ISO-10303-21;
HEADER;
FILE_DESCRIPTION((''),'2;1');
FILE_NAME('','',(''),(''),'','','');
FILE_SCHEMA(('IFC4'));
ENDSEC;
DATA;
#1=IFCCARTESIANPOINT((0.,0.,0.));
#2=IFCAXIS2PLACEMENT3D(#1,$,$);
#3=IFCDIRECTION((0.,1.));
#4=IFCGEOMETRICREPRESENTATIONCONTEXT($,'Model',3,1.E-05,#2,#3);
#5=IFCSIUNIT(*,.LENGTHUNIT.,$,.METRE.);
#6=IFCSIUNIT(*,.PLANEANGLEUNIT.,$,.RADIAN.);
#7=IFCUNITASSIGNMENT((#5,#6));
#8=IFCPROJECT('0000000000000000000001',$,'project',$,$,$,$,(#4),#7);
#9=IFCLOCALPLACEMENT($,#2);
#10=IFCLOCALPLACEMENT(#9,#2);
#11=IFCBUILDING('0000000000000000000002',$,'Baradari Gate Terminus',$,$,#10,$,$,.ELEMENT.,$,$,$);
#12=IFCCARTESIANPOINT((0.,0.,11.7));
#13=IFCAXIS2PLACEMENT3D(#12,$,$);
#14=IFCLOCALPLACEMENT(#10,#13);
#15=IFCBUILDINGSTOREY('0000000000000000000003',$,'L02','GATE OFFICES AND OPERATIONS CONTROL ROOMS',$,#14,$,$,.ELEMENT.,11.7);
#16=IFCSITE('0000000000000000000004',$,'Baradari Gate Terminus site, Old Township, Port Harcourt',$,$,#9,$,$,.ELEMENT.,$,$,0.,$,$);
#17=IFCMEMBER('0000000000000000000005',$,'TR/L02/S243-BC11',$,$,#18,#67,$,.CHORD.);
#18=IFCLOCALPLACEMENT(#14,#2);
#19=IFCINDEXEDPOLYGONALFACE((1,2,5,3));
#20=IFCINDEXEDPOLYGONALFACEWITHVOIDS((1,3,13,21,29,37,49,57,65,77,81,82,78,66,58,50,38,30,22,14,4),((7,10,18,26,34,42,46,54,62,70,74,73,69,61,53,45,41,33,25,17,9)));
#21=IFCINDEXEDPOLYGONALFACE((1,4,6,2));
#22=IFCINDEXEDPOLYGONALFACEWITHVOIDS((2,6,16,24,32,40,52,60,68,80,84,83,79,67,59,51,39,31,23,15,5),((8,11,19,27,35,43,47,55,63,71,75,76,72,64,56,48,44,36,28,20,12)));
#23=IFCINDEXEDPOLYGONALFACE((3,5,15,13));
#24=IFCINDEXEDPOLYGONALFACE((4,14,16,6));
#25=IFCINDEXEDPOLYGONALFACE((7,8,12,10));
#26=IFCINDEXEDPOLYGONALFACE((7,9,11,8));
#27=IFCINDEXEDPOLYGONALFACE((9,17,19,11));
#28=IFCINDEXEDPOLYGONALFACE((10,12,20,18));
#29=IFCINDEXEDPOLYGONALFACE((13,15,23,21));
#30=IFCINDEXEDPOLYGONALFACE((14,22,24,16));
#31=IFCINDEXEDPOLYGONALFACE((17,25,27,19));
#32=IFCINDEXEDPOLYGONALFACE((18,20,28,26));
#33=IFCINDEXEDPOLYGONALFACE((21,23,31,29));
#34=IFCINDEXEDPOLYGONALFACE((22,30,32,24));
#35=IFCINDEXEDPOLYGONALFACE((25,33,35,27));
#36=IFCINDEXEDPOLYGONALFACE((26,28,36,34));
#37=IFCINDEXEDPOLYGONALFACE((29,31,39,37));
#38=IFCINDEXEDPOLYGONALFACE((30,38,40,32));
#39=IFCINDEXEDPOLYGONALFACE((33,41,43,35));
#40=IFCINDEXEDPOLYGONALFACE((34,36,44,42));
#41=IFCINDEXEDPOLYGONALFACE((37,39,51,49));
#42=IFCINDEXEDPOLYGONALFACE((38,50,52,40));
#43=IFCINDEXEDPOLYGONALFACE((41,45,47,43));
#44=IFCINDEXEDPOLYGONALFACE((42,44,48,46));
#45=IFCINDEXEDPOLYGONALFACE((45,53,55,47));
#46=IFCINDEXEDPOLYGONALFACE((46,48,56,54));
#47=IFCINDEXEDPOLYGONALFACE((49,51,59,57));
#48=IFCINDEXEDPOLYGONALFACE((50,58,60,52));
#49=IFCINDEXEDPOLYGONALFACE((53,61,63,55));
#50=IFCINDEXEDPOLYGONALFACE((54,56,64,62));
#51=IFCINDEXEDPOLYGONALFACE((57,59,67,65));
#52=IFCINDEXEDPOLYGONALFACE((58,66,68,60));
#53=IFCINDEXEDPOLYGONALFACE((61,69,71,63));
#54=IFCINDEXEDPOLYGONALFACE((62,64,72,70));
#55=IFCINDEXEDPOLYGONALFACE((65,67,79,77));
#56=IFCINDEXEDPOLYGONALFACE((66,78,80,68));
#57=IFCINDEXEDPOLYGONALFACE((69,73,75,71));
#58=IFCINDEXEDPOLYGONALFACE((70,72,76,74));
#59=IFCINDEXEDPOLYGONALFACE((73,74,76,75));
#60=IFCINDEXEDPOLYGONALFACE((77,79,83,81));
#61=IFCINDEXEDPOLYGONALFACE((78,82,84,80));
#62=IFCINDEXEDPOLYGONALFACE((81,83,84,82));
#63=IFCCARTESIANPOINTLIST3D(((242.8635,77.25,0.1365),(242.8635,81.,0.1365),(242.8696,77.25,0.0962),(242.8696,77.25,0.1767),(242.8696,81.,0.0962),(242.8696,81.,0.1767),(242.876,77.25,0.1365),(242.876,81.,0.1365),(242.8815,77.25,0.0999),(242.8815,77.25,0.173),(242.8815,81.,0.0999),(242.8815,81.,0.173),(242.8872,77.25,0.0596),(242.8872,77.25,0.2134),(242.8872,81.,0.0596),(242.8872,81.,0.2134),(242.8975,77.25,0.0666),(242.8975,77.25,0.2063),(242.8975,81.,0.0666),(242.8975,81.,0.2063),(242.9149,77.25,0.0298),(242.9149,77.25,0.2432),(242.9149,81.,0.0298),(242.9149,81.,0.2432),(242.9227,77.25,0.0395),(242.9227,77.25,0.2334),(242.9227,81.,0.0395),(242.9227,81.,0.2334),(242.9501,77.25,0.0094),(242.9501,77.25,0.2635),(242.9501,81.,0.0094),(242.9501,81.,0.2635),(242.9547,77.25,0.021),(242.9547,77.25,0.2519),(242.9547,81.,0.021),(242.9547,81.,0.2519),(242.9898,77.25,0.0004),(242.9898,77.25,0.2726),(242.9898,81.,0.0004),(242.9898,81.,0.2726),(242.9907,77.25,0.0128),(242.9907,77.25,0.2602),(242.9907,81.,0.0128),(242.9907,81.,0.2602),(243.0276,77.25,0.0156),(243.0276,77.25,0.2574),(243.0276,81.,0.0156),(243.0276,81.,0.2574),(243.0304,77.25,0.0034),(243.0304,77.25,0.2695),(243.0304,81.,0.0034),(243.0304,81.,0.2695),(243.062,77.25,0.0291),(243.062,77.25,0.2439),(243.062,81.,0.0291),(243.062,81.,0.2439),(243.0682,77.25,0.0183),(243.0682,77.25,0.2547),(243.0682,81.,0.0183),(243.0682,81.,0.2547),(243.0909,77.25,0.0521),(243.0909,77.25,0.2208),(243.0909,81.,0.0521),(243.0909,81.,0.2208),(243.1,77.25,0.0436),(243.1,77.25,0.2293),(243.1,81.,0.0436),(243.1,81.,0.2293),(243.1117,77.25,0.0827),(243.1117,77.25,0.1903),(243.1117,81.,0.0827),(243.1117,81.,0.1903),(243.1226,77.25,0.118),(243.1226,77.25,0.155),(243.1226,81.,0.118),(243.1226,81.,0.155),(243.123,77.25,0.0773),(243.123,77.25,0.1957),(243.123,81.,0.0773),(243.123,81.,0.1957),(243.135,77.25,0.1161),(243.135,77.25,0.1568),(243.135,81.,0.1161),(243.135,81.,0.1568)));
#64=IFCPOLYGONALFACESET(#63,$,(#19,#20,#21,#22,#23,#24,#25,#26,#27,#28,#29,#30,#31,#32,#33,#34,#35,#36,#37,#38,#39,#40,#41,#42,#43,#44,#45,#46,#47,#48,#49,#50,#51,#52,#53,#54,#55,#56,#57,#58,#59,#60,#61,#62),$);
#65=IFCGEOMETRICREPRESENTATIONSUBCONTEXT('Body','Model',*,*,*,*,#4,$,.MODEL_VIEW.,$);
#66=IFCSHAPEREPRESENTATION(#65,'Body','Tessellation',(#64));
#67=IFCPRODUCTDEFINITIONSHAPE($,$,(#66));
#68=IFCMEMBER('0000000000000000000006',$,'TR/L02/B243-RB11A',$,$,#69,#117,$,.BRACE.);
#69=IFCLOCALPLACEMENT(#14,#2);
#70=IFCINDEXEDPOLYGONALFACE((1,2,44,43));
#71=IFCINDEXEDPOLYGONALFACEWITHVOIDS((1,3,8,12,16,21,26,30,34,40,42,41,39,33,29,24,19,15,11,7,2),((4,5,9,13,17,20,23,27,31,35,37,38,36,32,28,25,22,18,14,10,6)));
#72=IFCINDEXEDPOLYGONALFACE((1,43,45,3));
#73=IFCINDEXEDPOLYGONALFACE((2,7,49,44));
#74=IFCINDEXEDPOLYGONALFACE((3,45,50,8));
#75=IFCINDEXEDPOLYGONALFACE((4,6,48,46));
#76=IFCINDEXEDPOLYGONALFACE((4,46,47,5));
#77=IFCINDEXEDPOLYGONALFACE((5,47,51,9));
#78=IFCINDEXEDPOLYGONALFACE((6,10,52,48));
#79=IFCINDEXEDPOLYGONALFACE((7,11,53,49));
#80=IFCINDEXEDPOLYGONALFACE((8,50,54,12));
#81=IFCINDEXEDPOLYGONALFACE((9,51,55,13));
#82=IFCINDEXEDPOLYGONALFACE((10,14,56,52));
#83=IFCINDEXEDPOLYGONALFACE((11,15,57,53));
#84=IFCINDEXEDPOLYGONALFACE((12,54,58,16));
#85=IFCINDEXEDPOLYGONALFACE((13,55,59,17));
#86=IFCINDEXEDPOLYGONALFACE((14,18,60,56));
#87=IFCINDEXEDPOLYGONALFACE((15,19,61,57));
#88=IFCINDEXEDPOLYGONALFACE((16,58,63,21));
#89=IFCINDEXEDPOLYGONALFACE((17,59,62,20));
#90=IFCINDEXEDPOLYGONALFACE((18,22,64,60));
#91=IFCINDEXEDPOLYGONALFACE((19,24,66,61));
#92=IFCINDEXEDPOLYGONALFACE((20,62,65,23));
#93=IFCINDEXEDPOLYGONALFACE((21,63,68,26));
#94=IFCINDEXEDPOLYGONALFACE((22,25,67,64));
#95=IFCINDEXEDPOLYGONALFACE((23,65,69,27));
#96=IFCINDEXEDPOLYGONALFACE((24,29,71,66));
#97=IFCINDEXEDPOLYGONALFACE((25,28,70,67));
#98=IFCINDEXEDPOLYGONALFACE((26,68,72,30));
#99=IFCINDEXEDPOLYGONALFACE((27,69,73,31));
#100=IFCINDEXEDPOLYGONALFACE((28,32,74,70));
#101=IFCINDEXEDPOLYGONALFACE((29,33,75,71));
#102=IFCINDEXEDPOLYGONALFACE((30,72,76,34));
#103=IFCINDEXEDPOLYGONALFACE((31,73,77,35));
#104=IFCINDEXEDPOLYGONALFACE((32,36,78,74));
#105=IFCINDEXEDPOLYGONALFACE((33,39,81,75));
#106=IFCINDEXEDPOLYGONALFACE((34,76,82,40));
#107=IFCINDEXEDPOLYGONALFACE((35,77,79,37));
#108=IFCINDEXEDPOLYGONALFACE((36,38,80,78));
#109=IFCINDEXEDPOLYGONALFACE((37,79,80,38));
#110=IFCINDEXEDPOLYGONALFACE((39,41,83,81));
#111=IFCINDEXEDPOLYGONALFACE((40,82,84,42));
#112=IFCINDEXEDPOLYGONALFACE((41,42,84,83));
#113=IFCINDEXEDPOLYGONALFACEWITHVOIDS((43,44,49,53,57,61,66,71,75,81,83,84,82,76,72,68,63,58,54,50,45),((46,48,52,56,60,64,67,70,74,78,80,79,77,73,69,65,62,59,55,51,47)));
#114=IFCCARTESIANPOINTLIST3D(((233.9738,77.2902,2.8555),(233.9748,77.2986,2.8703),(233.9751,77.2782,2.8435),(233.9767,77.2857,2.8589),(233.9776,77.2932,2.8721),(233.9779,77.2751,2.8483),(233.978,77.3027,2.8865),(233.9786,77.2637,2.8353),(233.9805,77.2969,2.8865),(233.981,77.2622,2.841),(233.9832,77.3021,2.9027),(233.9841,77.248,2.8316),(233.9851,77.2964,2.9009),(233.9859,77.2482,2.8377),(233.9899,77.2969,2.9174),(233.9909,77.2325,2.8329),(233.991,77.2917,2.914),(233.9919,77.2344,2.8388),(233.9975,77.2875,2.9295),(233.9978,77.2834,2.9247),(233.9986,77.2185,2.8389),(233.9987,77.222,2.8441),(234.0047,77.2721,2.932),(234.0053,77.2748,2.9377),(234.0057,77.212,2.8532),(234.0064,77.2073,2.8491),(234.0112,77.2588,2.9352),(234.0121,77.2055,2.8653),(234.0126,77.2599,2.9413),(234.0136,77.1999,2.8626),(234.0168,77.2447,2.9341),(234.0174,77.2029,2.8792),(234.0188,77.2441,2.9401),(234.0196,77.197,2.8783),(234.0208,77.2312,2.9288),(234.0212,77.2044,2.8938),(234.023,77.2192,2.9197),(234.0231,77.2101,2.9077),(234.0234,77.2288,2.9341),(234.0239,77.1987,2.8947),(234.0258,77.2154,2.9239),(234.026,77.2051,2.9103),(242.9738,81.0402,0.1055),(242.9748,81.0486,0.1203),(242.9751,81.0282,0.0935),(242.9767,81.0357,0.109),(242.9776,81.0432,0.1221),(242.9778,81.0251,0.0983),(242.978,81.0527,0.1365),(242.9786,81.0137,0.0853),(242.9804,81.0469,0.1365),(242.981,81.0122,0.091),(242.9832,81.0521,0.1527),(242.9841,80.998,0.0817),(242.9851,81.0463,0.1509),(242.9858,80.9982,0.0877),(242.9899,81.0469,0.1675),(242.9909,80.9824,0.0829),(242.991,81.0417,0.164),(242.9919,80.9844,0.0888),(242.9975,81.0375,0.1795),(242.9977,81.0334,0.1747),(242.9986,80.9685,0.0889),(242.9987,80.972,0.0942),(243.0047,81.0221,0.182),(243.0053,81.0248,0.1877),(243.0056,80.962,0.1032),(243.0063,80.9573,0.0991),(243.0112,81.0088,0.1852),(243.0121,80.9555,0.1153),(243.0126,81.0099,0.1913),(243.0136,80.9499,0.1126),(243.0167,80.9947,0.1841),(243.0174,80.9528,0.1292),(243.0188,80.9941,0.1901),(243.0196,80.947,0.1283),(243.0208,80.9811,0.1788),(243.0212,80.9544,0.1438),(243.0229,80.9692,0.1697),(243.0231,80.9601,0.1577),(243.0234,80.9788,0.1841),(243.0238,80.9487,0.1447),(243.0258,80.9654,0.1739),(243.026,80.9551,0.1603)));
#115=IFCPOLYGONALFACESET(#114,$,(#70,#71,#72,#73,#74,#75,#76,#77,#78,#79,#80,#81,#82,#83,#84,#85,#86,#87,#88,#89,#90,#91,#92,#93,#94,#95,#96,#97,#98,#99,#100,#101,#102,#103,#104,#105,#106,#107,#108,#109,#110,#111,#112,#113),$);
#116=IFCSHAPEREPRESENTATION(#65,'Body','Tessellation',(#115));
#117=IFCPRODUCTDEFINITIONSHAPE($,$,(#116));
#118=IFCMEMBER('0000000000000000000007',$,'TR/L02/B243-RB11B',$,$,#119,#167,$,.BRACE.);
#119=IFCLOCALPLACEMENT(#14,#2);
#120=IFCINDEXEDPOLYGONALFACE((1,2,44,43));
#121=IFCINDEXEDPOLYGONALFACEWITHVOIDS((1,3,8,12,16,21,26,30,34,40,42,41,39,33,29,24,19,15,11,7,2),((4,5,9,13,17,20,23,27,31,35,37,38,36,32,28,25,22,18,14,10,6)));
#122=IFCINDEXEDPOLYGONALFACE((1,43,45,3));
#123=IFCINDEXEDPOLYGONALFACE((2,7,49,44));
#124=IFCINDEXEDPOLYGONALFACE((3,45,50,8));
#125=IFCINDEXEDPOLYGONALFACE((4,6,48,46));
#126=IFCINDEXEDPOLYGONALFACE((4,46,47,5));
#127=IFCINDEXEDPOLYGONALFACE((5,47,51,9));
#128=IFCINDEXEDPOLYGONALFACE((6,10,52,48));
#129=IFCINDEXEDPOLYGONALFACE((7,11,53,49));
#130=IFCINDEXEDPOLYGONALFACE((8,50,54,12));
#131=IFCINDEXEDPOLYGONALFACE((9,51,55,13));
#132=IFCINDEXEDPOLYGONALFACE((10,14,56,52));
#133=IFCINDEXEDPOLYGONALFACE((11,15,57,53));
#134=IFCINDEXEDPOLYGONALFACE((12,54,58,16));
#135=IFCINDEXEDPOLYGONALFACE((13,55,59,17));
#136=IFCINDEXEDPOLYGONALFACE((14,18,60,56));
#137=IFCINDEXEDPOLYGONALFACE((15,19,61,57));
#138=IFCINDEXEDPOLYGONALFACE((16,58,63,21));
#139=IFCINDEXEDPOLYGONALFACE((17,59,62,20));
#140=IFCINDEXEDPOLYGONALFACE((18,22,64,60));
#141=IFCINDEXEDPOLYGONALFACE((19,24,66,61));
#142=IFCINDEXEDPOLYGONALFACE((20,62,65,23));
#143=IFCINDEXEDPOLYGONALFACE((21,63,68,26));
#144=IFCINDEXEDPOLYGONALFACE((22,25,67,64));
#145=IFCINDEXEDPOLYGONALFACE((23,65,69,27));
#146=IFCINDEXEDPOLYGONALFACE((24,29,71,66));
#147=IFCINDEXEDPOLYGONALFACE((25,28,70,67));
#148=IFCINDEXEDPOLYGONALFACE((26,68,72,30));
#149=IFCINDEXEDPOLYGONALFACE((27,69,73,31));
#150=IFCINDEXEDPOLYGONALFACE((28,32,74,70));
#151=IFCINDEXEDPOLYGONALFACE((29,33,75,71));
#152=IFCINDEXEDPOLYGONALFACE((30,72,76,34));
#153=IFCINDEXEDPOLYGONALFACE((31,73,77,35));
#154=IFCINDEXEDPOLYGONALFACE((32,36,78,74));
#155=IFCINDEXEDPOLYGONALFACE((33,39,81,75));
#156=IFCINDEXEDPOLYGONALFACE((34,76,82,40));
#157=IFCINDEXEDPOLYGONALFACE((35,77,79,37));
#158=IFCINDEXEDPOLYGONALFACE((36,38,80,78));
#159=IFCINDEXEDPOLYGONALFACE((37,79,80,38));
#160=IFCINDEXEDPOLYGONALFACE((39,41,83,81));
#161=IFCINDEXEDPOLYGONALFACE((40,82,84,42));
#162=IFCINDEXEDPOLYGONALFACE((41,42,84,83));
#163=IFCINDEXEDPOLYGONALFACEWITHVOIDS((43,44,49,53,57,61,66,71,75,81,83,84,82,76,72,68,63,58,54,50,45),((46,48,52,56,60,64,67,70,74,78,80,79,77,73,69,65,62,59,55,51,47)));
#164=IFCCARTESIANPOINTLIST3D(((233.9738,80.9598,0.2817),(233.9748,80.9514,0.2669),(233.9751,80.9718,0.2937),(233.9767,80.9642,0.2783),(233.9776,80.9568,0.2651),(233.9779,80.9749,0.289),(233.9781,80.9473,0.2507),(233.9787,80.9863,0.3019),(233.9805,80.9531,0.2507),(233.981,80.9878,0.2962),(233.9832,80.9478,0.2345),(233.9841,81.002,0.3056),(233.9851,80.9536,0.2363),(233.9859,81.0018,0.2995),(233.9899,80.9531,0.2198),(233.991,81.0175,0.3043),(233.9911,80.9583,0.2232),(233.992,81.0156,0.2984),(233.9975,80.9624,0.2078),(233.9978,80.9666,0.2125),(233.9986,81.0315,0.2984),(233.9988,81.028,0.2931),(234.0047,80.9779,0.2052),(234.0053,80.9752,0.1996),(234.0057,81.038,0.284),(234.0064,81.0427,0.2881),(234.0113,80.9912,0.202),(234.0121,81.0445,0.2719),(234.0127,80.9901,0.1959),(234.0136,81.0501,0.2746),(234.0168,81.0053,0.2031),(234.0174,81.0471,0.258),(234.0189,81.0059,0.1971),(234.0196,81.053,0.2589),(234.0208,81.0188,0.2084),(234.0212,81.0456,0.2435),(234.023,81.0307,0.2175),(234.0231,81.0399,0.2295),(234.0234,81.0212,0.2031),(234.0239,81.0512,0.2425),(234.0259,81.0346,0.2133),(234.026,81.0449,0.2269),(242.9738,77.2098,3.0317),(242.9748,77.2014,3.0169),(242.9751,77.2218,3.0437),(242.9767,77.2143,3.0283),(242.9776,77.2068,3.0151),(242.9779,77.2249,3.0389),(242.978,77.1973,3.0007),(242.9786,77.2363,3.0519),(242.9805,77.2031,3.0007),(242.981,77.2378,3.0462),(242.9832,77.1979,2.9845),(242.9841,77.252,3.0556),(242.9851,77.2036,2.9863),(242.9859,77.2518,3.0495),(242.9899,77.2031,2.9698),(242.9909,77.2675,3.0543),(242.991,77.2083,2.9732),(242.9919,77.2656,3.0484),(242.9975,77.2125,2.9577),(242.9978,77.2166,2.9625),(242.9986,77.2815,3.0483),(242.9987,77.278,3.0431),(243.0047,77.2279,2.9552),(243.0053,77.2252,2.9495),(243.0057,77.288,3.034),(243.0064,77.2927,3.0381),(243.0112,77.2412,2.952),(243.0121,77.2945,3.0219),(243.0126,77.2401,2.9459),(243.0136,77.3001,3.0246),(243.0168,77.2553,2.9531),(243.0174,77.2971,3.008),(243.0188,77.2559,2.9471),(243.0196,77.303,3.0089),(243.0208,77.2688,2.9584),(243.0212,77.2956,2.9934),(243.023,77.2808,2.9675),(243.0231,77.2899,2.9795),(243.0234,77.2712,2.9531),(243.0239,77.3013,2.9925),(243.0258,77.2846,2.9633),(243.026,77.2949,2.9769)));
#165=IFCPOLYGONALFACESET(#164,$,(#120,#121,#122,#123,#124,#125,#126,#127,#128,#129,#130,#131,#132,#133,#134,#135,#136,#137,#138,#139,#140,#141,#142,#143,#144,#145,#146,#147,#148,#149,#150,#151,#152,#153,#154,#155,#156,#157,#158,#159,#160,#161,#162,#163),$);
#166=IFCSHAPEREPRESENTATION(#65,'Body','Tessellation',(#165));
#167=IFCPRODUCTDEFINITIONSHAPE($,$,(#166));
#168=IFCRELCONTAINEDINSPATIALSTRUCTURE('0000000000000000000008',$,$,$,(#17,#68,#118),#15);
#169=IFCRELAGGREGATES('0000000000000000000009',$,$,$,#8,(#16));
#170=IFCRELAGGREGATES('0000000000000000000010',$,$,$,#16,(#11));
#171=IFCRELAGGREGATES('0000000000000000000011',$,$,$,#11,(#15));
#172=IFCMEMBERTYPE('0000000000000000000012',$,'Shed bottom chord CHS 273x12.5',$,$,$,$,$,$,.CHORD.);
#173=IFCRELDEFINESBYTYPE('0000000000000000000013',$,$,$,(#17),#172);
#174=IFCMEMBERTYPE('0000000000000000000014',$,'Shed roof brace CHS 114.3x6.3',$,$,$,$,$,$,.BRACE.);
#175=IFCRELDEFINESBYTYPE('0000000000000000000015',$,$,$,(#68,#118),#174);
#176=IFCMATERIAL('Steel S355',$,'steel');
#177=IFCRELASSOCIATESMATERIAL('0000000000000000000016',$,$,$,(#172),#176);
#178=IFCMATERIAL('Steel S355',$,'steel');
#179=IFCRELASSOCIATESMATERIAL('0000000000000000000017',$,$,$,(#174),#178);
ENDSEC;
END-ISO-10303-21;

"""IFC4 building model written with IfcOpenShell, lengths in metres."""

from ifc_helpers import new_model, si_unit, direction, frame, origin, origin_2d, place, context, subcontext, project, spatial, hollow_circle, extrude, material, material_profile, profile_set, type_object, element, save


model = new_model("IFC4")

# Units and contexts
model_context = context("Model", 3, precision=1e-05, world=origin(), true_north=direction((0.0, 1.0)))
body_context = subcontext(model_context, "Body", "Model", "MODEL_VIEW")
ifc_project = project(units=[si_unit("LENGTHUNIT", "METRE"), si_unit("PLANEANGLEUNIT", "RADIAN")], contexts=[model_context])

# Site, building, storey
site_placement = place(None, origin())
site = spatial("IfcSite", under=ifc_project, at=site_placement, Name="Baradari Gate Terminus site, Old Township, Port Harcourt", CompositionType="ELEMENT", RefElevation=0.0)
building_placement = place(site_placement, origin())
building = spatial("IfcBuilding", under=site, at=building_placement, Name="Baradari Gate Terminus", CompositionType="ELEMENT")
storey_placement = place(building_placement, frame((0.0, 0.0, 11.7)))
storey = spatial("IfcBuildingStorey", under=building, at=storey_placement, Name="L02", Description="GATE OFFICES AND OPERATIONS CONTROL ROOMS", CompositionType="ELEMENT", Elevation=11.7)

# Members
ifc_material_1 = material(Name="Steel S355", Category="steel")
ifc_material_profile_1 = material_profile(ifc_material_1, hollow_circle(Radius=0.1365, WallThickness=0.0125, at=origin_2d()), Name="CHS 273x12.5")
ifc_profile_set_1 = profile_set([ifc_material_profile_1], Name="Steel S355")
member_type_1 = type_object("IfcMemberType", Name="Shed bottom chord CHS 273x12.5", PredefinedType="CHORD", material=ifc_profile_set_1)
for number, where, z_axis, x_axis, name in (
    (1, (243.0, 77.25, 0.1365), (0.0, 1.0, 0.0), (-1.0, 0.0, 0.0), "TR/L02/S243-BC11"),
):
    element("IfcMember", number, at=place(storey_placement, frame(where, z_axis=z_axis, x_axis=x_axis)), inside=storey, type_object=member_type_1, Name=name, PredefinedType="CHORD", context=body_context, shape_type="SweptSolid", body=[
        extrude(hollow_circle(Radius=0.1365, WallThickness=0.0125, at=origin_2d()), origin(), (0.0, 0.0, 1.0), 3.75),
    ])
ifc_material_2 = material(Name="Steel S355", Category="steel")
ifc_material_profile_2 = material_profile(ifc_material_2, hollow_circle(Radius=0.0571, WallThickness=0.0063, at=origin_2d()), Name="CHS 114.3x6.3")
ifc_profile_set_2 = profile_set([ifc_material_profile_2], Name="Steel S355")
member_type_2 = type_object("IfcMemberType", Name="Shed roof brace CHS 114.3x6.3", PredefinedType="BRACE", material=ifc_profile_set_2)
for number, where, z_axis, x_axis, name in (
    (2, (234.0, 77.25, 2.8865), (0.888415, 0.370173, -0.27146), (-0.384615, 0.923077, 0.0), "TR/L02/B243-RB11A"),
    (3, (243.0, 77.25, 3.0007), (-0.888415, 0.370173, -0.27146), (-0.384615, -0.923077, 0.0), "TR/L02/B243-RB11B"),
):
    element("IfcMember", number, at=place(storey_placement, frame(where, z_axis=z_axis, x_axis=x_axis)), inside=storey, type_object=member_type_2, Name=name, PredefinedType="BRACE", context=body_context, shape_type="SweptSolid", body=[
        extrude(hollow_circle(Radius=0.0571, WallThickness=0.0063, at=origin_2d()), origin(), (0.0, 0.0, 1.0), 10.1304),
    ])

save(model, "model.ifc")
